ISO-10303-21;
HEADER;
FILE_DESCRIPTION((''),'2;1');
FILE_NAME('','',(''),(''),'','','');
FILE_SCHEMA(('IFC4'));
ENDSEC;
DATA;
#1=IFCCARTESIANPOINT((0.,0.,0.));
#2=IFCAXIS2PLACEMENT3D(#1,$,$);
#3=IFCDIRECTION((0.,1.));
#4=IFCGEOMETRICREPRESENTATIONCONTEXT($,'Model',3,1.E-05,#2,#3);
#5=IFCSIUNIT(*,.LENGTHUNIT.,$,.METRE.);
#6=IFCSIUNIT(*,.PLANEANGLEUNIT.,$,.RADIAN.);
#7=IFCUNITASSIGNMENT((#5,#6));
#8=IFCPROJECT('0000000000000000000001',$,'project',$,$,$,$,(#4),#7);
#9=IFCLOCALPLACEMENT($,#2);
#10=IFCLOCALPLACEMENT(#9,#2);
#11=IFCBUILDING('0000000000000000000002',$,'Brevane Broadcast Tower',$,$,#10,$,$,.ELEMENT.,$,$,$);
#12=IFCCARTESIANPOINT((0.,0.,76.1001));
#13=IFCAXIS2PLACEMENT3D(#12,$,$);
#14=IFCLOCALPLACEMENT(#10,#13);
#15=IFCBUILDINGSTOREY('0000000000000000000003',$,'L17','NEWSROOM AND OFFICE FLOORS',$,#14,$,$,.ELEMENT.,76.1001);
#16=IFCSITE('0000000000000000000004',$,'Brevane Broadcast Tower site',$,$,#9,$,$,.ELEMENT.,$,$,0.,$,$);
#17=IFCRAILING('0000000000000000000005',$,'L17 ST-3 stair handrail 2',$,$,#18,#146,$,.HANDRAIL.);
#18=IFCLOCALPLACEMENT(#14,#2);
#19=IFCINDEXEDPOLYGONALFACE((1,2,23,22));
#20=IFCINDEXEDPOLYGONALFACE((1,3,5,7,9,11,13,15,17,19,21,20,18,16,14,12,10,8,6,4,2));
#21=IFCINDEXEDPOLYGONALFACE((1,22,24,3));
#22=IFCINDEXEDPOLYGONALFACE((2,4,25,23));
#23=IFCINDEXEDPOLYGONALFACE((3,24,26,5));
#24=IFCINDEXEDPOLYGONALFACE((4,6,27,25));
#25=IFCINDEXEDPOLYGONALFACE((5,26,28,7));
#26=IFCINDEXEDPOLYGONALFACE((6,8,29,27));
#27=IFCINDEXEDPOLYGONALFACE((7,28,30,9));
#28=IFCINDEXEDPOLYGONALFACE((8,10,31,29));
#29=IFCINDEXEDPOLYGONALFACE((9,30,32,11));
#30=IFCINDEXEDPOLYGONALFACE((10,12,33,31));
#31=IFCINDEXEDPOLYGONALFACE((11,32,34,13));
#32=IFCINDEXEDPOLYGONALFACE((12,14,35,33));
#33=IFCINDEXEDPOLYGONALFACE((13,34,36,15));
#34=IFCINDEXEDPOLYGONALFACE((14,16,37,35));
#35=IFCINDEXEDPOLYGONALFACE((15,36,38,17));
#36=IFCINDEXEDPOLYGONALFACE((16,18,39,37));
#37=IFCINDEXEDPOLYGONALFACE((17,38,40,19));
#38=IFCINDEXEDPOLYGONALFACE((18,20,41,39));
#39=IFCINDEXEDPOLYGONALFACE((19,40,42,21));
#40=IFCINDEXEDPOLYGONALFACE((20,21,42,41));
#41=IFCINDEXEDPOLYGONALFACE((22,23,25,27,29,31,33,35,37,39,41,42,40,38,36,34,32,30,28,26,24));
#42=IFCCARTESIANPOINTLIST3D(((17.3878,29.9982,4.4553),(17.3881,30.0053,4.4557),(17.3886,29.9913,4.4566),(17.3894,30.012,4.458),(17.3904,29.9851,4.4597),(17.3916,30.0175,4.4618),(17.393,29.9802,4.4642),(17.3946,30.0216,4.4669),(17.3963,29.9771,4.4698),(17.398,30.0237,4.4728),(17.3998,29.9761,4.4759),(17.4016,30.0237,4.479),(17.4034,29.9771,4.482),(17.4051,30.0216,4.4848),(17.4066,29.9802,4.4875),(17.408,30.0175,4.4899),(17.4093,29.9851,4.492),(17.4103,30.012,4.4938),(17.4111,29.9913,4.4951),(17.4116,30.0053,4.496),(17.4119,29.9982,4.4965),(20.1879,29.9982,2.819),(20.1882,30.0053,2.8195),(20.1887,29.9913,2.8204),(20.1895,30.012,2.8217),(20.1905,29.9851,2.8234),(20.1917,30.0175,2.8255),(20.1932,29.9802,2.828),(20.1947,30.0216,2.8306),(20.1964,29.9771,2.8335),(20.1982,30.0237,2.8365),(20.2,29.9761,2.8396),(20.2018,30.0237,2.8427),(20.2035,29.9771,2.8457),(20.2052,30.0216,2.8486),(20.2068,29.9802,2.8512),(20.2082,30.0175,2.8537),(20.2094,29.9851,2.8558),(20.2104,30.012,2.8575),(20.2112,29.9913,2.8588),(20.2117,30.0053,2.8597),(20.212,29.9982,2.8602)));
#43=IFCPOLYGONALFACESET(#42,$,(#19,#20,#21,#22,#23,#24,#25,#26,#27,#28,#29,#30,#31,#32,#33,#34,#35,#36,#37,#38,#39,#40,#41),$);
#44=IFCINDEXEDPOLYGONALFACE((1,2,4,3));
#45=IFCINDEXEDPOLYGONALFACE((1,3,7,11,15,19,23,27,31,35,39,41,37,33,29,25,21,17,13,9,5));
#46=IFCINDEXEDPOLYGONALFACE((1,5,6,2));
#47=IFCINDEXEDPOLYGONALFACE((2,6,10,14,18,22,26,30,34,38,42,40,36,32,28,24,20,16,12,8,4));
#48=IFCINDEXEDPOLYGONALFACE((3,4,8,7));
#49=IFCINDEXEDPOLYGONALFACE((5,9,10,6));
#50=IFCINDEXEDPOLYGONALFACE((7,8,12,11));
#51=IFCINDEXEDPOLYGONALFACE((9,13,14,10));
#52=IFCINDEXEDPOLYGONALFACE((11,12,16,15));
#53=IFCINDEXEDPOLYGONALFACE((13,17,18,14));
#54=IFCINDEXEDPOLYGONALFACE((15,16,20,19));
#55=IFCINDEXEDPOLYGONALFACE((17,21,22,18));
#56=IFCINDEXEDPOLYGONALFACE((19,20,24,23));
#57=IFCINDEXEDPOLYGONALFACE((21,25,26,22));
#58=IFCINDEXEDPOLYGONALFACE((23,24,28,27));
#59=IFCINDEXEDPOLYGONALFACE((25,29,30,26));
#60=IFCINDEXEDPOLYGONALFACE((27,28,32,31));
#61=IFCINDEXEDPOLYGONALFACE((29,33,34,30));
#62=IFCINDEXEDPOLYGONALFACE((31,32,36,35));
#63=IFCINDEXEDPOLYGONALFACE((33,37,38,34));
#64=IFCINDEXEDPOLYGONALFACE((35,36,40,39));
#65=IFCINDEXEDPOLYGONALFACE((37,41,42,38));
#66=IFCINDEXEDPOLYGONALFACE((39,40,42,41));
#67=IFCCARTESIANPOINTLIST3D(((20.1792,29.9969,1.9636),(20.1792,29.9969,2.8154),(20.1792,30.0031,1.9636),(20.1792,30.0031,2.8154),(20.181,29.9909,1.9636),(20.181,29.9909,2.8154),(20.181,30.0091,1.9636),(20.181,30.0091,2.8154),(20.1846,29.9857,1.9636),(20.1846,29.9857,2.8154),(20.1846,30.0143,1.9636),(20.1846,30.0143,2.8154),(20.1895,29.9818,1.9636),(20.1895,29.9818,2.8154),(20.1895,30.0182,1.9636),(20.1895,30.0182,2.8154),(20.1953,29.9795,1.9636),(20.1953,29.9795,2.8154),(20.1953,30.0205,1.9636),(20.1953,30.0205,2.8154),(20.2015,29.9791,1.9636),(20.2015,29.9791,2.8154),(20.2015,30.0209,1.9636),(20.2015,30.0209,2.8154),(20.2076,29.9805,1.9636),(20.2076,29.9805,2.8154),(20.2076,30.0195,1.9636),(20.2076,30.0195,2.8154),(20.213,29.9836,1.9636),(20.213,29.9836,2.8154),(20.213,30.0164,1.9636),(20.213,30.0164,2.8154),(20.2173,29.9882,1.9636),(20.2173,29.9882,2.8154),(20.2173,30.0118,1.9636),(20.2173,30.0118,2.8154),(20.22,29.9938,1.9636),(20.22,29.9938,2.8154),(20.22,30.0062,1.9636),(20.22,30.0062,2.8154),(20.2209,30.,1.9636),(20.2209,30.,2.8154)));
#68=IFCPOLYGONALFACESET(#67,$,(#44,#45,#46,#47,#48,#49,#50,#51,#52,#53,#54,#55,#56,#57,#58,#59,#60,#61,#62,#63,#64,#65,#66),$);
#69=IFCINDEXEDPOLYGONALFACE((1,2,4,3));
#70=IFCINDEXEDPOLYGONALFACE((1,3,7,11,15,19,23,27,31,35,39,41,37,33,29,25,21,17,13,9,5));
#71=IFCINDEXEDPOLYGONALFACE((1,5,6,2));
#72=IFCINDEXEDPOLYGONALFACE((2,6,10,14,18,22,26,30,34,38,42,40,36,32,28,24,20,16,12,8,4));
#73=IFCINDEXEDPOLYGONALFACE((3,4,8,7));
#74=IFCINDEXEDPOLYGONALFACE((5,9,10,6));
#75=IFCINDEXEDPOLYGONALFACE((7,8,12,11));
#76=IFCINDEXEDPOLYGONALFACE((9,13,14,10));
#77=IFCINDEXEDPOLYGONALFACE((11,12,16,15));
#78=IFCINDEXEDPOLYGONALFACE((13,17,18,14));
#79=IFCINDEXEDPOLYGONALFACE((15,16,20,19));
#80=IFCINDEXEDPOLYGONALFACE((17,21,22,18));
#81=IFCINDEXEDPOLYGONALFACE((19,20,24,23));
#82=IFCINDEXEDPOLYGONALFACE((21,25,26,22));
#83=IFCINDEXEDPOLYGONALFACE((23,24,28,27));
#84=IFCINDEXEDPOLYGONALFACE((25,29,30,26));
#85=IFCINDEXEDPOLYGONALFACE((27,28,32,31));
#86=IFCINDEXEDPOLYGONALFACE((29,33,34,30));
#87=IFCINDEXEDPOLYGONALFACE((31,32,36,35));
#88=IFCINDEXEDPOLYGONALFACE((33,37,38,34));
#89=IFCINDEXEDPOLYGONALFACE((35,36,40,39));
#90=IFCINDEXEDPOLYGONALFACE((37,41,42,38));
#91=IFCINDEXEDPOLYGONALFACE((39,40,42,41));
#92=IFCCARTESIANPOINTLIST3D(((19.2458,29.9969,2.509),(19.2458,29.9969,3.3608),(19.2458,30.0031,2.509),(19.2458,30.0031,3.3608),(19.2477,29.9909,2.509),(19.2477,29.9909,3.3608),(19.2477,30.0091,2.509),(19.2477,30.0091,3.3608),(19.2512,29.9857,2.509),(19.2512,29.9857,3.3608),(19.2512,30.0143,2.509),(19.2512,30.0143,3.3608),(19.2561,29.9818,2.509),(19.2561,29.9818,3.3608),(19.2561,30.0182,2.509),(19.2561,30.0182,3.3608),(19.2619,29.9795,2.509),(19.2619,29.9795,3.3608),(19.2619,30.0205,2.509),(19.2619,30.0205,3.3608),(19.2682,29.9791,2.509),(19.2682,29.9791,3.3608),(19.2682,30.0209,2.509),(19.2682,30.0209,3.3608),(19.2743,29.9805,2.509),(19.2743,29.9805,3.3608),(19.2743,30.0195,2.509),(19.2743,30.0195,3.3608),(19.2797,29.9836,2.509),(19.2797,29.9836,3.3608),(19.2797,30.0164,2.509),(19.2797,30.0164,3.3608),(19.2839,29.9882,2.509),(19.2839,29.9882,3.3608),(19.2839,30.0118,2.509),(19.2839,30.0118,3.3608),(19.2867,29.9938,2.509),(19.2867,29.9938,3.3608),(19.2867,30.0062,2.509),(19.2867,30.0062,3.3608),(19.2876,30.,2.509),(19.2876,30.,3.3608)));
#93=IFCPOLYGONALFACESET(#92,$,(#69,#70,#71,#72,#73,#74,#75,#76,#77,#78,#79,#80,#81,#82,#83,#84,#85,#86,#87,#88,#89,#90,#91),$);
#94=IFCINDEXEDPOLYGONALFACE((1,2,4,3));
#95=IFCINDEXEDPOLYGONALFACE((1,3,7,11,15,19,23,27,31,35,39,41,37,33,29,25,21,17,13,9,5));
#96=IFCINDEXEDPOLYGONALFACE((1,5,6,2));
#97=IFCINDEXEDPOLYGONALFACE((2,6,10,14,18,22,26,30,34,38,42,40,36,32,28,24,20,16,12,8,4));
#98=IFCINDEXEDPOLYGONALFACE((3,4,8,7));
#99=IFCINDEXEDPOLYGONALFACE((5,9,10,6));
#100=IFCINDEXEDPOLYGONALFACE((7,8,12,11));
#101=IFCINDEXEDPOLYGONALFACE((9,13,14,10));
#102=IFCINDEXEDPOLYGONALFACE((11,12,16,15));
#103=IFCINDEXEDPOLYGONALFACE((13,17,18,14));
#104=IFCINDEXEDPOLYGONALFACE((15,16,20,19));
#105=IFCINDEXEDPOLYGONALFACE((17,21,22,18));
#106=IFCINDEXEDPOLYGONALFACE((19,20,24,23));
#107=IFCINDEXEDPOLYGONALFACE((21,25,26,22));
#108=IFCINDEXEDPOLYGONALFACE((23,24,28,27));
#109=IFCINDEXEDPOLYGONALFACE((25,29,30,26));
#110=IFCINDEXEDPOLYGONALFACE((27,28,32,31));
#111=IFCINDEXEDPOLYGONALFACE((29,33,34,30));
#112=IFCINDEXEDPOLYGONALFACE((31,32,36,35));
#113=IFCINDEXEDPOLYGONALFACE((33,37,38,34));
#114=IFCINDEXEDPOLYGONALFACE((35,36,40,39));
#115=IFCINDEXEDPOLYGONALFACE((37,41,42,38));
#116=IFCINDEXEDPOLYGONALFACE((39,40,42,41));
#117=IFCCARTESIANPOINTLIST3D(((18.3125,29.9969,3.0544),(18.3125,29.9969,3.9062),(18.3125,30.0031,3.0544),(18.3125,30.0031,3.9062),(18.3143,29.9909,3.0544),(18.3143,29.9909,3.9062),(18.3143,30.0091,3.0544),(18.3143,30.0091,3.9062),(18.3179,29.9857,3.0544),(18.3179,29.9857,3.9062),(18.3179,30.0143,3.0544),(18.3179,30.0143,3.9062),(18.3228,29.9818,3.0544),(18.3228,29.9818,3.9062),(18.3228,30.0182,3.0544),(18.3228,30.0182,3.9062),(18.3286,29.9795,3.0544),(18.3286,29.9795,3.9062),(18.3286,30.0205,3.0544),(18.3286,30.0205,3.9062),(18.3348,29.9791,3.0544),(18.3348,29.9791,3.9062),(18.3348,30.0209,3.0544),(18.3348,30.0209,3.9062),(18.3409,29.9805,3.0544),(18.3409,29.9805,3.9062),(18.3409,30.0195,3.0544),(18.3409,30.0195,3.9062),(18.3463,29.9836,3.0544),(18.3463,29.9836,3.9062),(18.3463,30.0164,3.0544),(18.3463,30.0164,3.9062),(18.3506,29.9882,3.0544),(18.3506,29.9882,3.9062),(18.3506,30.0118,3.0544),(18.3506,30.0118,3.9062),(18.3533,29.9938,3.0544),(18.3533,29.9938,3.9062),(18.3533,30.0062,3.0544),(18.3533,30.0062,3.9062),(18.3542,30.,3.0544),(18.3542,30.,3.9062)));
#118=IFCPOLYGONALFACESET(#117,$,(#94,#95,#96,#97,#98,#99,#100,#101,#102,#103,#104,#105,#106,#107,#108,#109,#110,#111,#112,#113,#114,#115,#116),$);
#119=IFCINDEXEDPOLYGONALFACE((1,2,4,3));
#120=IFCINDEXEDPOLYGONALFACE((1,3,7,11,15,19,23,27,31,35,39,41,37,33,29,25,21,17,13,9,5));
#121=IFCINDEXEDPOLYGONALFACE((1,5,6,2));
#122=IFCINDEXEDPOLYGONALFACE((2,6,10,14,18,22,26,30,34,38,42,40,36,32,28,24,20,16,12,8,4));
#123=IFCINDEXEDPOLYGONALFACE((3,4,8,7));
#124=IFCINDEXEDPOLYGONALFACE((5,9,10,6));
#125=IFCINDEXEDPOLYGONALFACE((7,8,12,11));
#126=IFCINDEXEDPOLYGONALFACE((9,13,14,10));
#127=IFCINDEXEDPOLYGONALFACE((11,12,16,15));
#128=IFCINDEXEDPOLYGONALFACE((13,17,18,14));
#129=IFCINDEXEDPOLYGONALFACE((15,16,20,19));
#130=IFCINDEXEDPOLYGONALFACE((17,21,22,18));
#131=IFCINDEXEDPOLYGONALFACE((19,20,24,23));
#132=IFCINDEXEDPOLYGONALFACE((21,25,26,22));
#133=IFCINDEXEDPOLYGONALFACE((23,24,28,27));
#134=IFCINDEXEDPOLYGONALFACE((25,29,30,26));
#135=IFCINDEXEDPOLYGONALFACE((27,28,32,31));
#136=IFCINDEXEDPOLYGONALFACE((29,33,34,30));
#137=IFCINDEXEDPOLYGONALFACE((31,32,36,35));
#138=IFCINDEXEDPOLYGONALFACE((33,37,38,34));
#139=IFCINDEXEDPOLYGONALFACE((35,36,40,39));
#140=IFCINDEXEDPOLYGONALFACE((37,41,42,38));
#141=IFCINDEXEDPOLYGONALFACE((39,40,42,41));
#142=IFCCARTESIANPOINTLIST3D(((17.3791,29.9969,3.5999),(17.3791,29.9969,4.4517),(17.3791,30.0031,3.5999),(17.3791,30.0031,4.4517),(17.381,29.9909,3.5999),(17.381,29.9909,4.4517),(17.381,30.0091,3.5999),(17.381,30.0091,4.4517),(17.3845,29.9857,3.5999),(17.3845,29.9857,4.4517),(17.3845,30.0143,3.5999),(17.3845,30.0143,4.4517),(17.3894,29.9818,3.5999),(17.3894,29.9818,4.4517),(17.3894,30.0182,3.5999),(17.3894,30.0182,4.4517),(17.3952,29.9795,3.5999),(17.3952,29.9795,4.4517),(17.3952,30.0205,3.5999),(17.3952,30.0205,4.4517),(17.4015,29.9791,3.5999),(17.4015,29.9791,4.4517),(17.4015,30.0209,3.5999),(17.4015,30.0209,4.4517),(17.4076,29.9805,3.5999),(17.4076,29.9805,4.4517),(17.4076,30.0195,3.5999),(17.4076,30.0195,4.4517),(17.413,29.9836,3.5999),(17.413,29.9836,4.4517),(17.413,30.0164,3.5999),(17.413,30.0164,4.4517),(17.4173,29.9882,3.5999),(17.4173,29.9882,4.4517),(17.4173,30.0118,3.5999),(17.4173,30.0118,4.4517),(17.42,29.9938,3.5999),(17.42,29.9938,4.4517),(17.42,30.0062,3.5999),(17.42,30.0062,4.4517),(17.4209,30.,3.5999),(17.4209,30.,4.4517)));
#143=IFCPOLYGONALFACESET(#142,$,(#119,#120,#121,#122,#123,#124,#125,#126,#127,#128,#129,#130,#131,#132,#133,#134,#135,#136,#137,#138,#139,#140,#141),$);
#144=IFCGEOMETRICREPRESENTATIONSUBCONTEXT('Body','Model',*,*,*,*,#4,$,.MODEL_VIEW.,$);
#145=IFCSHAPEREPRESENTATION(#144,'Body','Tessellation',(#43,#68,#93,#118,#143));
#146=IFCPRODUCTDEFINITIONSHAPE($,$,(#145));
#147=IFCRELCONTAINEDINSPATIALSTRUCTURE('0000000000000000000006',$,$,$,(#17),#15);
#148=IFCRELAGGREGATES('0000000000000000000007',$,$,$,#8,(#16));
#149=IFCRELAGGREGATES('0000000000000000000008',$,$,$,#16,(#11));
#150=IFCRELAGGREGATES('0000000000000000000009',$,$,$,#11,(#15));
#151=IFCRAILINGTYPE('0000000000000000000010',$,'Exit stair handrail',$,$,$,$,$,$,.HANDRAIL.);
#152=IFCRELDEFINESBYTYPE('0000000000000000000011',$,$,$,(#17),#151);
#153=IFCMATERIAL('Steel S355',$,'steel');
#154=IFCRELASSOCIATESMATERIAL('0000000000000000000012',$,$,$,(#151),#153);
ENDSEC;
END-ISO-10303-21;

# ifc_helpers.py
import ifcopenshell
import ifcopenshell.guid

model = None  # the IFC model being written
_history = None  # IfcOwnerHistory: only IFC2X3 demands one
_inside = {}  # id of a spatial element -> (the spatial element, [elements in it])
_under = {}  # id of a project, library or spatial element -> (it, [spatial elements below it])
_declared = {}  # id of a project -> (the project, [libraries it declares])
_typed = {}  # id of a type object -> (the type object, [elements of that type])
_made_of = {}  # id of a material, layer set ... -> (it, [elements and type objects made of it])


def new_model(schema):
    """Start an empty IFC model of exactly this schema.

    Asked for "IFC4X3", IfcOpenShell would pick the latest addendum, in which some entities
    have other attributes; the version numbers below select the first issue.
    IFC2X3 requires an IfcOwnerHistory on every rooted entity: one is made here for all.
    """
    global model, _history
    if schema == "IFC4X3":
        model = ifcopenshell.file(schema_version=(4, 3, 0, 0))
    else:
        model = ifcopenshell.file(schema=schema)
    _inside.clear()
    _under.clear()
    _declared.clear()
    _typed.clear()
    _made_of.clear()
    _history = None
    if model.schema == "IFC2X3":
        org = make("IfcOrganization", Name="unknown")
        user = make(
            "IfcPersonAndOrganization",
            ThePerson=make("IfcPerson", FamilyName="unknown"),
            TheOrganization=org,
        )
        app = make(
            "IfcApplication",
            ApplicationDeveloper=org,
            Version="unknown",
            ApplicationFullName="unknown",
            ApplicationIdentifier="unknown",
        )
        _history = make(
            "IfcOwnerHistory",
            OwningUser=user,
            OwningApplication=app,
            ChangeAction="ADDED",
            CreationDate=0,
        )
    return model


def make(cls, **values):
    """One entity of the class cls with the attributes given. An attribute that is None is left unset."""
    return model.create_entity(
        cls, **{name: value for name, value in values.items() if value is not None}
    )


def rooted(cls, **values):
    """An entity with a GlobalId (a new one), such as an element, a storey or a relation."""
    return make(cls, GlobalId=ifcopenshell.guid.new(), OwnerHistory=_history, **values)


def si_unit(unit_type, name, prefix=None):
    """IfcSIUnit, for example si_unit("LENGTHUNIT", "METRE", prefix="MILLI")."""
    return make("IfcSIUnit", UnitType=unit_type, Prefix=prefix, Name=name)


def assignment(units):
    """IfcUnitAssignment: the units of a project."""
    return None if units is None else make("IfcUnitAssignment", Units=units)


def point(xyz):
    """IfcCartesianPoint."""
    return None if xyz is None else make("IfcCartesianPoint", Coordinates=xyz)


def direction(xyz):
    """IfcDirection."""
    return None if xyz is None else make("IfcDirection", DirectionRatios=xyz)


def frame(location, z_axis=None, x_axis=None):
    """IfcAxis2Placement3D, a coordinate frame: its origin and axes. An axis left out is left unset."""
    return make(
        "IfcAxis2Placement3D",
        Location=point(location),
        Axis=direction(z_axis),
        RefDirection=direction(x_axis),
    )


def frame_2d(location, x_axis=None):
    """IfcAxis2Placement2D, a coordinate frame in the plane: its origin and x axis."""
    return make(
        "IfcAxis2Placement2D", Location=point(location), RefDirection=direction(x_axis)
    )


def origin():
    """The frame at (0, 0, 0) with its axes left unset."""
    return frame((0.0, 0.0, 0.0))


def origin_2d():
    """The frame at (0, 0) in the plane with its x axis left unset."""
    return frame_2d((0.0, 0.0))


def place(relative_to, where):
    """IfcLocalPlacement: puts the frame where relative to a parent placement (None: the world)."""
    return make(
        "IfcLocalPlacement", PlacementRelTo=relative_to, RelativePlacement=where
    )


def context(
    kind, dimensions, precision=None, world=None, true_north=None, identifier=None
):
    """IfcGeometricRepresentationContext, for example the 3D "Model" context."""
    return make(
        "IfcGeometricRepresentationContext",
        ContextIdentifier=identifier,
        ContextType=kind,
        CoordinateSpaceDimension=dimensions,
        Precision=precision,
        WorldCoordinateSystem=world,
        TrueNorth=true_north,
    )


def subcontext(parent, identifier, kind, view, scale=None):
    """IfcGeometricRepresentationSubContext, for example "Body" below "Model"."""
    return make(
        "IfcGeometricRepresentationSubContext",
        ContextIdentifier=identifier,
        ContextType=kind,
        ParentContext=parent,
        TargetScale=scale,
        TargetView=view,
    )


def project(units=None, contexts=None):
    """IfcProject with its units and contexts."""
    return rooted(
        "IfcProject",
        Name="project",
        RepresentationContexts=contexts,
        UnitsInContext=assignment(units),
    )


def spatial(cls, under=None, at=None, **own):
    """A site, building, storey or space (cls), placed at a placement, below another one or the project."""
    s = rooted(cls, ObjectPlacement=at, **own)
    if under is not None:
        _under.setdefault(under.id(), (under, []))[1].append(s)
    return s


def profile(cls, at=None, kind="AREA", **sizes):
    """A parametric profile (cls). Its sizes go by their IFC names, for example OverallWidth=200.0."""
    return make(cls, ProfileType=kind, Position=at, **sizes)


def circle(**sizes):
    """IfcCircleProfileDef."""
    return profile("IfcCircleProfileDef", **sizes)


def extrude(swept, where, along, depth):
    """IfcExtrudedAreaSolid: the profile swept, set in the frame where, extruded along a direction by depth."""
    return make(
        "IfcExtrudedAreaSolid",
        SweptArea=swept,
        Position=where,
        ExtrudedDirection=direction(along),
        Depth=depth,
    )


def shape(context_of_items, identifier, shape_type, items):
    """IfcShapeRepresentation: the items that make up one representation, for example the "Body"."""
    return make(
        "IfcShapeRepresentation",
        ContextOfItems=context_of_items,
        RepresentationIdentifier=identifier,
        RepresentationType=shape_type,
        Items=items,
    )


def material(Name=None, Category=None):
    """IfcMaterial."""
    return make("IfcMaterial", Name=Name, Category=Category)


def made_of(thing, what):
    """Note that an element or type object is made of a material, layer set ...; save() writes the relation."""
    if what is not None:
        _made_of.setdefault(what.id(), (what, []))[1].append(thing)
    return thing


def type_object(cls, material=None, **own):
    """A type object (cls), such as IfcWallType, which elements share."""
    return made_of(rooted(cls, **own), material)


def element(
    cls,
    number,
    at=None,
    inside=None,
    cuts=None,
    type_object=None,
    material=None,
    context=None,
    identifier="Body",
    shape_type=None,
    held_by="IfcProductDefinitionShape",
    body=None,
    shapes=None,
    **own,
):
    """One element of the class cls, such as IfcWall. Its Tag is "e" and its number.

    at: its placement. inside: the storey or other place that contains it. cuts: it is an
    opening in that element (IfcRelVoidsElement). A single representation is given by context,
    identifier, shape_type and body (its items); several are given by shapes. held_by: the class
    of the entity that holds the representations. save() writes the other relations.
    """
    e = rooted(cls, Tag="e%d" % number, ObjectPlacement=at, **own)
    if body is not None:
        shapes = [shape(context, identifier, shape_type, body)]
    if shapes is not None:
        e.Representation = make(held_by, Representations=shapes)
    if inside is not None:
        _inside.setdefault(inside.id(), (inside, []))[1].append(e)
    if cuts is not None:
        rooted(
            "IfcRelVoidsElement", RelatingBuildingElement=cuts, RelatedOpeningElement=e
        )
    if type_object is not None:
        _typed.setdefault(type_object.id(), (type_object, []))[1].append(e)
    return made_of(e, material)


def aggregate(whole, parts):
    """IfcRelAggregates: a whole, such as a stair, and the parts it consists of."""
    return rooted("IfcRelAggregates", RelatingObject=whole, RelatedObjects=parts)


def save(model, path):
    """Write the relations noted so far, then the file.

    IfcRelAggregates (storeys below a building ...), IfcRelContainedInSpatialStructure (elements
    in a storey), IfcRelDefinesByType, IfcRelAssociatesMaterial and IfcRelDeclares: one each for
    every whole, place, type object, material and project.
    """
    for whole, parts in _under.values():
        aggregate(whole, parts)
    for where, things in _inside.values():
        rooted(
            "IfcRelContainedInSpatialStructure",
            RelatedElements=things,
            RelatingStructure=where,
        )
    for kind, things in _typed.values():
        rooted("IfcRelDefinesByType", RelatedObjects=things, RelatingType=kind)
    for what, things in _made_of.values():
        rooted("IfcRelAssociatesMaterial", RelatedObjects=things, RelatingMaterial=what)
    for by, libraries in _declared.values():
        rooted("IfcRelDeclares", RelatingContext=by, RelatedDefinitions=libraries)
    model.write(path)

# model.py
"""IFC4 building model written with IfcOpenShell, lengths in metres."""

from ifc_helpers import new_model, si_unit, direction, frame, origin, origin_2d, place, context, subcontext, project, spatial, circle, extrude, material, type_object, element, save


model = new_model("IFC4")

# Units and contexts
model_context = context("Model", 3, precision=1e-05, world=origin(), true_north=direction((0.0, 1.0)))
body_context = subcontext(model_context, "Body", "Model", "MODEL_VIEW")
ifc_project = project(units=[si_unit("LENGTHUNIT", "METRE"), si_unit("PLANEANGLEUNIT", "RADIAN")], contexts=[model_context])

# Site, building, storey
site_placement = place(None, origin())
site = spatial("IfcSite", under=ifc_project, at=site_placement, Name="Brevane Broadcast Tower site", CompositionType="ELEMENT", RefElevation=0.0)
building_placement = place(site_placement, origin())
building = spatial("IfcBuilding", under=site, at=building_placement, Name="Brevane Broadcast Tower", CompositionType="ELEMENT")
storey_placement = place(building_placement, frame((0.0, 0.0, 76.1001)))
storey = spatial("IfcBuildingStorey", under=building, at=storey_placement, Name="L17", Description="NEWSROOM AND OFFICE FLOORS", CompositionType="ELEMENT", Elevation=76.1001)

# Railing
ifc_material_1 = material(Name="Steel S355", Category="steel")
railing_type_1 = type_object("IfcRailingType", Name="Exit stair handrail", PredefinedType="HANDRAIL", material=ifc_material_1)
railing_1_placement = place(storey_placement, frame((20.2, 30.0, 1.9636)))
element("IfcRailing", 1, at=railing_1_placement, inside=storey, type_object=railing_type_1, Name="L17 ST-3 stair handrail 2", PredefinedType="HANDRAIL", context=body_context, shape_type="SweptSolid", body=[
    extrude(circle(Radius=0.0239, at=origin_2d()), frame((0.0, 0.0, 0.876), z_axis=(-0.863394, 0.0, 0.504531), x_axis=(0.0, -1.0, 0.0)), (0.0, 0.0, 1.0), 3.2432),
    extrude(circle(Radius=0.021, at=origin_2d()), origin(), (0.0, 0.0, 1.0), 0.8518),
    extrude(circle(Radius=0.021, at=origin_2d()), frame((-0.9333, 0.0, 0.5454)), (0.0, 0.0, 1.0), 0.8518),
    extrude(circle(Radius=0.021, at=origin_2d()), frame((-1.8667, 0.0, 1.0908)), (0.0, 0.0, 1.0), 0.8518),
    extrude(circle(Radius=0.021, at=origin_2d()), frame((-2.8, 0.0, 1.6362)), (0.0, 0.0, 1.0), 0.8518),
])

save(model, "model.ifc")
